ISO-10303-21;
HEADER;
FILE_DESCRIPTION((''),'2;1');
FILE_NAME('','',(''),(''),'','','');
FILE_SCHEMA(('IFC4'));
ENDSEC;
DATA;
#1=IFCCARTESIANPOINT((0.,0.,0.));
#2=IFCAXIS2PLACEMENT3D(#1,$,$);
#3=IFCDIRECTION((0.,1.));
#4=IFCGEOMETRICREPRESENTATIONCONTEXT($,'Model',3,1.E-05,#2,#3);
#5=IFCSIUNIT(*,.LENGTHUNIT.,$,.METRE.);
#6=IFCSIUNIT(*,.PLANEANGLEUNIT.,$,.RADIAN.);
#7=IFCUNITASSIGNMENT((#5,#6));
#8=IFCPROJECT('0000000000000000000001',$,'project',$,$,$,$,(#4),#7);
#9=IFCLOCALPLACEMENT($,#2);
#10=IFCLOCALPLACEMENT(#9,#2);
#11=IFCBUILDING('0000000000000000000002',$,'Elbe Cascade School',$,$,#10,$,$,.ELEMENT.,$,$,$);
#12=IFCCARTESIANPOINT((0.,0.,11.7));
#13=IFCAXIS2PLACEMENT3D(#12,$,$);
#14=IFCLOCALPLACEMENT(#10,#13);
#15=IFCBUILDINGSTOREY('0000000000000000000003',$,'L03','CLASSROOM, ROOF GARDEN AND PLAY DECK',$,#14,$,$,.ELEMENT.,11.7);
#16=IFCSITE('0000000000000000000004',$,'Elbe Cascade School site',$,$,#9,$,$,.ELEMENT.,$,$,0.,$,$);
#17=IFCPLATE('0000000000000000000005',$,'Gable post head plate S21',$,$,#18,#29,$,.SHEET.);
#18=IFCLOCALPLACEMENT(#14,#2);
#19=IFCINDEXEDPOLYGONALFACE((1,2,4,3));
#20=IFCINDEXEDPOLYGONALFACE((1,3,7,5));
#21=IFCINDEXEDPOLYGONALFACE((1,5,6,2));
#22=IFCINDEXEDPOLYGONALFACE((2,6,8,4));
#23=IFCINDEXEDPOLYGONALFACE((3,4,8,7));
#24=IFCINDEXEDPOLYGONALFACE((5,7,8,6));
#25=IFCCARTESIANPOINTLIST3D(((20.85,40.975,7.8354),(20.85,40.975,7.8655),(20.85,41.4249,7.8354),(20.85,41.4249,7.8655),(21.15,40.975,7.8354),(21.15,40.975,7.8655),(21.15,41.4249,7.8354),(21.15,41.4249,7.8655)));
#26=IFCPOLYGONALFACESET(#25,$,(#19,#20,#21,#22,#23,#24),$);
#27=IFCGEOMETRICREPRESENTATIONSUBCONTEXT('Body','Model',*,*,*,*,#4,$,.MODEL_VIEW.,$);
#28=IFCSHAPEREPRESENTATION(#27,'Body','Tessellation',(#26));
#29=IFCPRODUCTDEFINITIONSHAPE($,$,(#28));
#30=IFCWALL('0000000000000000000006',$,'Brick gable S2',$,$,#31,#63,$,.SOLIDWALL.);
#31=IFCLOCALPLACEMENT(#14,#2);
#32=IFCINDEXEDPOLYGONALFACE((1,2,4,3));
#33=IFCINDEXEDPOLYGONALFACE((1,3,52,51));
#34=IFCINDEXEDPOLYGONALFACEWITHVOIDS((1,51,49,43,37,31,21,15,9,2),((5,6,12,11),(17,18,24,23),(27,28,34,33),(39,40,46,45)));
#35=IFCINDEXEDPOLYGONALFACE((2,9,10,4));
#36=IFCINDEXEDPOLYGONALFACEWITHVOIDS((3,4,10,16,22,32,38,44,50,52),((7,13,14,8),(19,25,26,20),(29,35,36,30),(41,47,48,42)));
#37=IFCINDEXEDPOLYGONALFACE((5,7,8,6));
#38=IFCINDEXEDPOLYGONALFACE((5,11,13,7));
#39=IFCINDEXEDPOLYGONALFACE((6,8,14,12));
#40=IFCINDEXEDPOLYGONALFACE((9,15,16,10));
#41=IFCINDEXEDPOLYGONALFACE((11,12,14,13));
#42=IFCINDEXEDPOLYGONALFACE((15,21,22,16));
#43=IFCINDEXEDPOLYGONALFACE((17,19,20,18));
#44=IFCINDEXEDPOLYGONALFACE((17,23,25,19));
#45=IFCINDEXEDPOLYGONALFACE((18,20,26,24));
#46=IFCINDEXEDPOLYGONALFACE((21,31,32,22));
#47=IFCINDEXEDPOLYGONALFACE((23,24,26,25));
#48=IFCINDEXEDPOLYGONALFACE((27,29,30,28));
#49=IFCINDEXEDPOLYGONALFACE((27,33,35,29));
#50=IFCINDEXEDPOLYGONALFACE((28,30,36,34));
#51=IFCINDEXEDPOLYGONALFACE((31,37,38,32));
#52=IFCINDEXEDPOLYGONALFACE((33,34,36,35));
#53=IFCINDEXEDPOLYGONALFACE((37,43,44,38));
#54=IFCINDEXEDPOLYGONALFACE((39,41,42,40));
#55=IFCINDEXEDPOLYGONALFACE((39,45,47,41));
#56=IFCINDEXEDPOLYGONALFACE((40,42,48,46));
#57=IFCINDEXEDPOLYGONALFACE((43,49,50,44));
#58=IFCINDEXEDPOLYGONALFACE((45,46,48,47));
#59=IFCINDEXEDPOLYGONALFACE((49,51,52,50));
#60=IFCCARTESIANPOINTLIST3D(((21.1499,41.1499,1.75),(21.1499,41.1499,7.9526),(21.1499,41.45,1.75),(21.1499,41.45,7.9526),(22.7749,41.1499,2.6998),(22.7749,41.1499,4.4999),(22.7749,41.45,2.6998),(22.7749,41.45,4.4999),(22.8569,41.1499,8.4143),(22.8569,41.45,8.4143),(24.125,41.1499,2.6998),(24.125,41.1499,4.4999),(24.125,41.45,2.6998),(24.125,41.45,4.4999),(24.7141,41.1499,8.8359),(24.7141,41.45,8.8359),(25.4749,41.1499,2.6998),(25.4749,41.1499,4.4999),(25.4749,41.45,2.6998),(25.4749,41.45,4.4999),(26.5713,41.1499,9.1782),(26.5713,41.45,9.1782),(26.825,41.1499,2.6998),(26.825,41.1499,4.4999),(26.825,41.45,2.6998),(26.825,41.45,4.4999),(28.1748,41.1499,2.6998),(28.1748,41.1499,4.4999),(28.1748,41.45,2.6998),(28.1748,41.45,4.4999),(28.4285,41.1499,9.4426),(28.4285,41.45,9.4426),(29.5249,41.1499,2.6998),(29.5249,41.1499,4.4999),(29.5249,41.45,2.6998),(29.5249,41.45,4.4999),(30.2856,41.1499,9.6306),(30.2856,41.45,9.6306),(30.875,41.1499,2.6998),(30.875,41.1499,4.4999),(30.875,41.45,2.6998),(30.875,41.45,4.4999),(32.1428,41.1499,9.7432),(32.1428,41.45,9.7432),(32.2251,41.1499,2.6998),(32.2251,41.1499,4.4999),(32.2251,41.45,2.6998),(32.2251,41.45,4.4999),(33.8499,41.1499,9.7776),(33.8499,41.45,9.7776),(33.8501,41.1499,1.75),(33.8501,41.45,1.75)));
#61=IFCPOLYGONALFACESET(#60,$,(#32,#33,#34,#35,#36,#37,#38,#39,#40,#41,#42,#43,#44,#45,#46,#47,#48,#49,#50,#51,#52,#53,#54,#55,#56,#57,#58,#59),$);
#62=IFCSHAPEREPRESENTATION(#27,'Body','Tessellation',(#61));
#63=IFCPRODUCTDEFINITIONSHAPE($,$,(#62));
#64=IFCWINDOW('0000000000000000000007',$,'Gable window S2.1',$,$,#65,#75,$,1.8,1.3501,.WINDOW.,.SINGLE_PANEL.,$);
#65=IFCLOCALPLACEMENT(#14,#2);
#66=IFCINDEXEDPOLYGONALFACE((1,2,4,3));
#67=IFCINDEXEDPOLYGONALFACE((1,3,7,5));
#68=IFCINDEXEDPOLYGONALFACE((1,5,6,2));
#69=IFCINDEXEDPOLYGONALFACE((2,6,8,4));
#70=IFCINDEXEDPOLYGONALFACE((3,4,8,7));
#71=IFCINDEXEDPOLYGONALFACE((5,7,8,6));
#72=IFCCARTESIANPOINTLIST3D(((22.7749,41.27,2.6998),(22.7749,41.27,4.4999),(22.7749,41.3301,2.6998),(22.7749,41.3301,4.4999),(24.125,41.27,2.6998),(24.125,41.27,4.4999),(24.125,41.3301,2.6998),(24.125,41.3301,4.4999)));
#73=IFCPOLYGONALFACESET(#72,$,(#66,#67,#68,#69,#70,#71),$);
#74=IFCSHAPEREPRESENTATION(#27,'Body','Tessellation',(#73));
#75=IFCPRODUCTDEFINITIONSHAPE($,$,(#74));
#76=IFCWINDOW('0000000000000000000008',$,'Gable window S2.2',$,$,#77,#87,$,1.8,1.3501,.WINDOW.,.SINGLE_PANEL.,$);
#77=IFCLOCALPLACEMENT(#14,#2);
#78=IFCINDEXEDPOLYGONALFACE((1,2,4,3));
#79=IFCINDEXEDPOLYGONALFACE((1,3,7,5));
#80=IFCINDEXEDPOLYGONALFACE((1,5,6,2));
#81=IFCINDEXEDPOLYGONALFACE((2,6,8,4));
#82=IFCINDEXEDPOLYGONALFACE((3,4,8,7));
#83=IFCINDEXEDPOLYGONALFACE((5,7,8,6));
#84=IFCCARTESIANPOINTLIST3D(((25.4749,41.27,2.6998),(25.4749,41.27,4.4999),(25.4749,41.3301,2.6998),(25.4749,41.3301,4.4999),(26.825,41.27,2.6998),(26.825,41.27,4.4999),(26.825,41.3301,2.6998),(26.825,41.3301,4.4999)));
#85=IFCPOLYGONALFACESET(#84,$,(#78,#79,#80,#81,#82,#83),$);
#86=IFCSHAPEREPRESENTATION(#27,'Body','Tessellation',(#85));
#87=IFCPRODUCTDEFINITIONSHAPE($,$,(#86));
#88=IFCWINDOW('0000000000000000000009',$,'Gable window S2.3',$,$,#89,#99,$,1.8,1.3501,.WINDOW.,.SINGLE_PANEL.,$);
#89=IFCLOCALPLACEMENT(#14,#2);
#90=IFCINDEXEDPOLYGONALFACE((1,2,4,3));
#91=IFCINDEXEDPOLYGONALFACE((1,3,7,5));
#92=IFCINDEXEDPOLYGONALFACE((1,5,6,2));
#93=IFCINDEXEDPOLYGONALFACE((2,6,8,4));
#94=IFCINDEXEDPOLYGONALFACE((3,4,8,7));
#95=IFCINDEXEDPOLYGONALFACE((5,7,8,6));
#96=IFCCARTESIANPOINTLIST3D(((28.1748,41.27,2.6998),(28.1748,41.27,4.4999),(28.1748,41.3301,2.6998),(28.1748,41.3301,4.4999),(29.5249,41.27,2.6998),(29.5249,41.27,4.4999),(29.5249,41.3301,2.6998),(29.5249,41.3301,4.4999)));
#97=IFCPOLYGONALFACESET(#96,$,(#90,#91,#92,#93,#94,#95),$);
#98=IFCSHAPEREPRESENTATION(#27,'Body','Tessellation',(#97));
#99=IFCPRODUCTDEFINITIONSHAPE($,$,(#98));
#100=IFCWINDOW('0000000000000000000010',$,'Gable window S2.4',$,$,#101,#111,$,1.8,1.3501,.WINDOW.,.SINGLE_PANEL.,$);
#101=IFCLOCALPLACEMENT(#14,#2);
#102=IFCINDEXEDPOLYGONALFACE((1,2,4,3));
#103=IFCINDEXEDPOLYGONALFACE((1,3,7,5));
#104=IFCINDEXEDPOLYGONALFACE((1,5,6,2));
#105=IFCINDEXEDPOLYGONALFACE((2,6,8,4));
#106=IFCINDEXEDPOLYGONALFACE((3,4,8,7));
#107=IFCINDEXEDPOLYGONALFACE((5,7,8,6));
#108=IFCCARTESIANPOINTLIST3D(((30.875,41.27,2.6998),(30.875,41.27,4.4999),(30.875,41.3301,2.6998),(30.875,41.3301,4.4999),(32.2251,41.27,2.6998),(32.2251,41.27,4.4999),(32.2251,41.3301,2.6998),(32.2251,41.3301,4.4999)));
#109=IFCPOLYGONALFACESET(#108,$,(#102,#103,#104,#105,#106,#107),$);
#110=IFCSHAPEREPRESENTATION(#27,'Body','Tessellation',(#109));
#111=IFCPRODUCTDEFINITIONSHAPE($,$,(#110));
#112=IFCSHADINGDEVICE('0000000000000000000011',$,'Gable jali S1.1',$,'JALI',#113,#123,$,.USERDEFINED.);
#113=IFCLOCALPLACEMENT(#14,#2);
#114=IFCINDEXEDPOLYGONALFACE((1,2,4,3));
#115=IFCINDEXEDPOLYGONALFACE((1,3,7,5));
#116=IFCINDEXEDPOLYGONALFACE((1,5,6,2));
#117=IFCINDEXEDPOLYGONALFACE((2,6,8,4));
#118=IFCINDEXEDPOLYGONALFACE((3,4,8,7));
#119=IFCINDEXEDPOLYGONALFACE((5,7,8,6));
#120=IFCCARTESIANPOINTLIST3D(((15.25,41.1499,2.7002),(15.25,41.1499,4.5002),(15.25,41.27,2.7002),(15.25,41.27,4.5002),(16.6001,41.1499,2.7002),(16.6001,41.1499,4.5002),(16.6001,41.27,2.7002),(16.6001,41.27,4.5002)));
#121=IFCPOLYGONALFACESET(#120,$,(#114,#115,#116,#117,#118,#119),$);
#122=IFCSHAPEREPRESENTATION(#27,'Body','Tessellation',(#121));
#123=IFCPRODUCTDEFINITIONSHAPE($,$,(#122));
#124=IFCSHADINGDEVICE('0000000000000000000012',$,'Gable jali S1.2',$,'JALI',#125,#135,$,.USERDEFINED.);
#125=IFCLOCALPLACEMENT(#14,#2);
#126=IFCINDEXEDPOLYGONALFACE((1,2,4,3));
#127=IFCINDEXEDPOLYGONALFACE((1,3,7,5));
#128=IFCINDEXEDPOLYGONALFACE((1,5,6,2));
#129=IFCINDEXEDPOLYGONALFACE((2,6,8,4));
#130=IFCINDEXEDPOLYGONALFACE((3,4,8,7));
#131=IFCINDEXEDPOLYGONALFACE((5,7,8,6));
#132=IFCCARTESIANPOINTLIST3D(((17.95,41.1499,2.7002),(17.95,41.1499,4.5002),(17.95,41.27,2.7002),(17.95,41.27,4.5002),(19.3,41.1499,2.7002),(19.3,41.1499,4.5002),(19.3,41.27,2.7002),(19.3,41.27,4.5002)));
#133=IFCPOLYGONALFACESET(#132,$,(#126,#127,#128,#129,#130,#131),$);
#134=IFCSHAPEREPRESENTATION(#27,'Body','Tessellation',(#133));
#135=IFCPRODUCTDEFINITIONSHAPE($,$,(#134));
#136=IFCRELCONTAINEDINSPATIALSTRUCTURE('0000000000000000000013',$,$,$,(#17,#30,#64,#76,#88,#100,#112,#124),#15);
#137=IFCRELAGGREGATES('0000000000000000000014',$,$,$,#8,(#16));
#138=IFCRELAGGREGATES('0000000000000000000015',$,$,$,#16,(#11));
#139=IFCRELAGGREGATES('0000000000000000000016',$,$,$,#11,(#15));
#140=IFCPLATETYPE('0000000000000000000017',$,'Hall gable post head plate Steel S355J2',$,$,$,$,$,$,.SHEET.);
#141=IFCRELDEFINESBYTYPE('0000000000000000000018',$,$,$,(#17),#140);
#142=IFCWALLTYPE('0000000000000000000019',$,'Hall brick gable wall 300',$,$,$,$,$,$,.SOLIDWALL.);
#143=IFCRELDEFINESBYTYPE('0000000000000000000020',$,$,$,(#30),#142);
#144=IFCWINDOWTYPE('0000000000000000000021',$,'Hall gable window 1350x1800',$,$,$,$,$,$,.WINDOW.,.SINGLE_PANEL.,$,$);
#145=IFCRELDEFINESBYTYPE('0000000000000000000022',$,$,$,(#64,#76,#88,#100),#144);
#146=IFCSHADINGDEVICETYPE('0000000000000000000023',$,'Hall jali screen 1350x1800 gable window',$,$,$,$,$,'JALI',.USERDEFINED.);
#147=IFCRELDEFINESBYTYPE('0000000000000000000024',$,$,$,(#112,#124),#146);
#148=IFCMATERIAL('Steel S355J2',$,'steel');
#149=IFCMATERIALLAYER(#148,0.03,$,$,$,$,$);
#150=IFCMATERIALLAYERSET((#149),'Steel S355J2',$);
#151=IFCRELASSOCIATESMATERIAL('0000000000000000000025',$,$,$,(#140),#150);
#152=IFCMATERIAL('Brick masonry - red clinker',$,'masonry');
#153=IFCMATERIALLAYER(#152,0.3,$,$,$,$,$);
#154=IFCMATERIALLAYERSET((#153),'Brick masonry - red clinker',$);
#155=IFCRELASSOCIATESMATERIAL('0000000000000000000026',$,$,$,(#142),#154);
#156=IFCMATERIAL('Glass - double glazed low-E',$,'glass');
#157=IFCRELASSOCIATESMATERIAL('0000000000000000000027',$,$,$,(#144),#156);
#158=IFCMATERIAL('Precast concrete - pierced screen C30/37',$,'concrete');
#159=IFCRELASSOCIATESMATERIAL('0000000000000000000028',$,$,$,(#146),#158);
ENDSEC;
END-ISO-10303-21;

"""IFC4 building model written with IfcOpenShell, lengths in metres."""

from ifc_helpers import new_model, si_unit, direction, frame, frame_2d, origin, origin_2d, place, context, subcontext, project, spatial, polyline, rectangle, outline, extrude, material, layer, layer_set, type_object, element, fill, save


model = new_model("IFC4")

# Units and contexts
model_context = context("Model", 3, precision=1e-05, world=origin(), true_north=direction((0.0, 1.0)))
body_context = subcontext(model_context, "Body", "Model", "MODEL_VIEW")
ifc_project = project(units=[si_unit("LENGTHUNIT", "METRE"), si_unit("PLANEANGLEUNIT", "RADIAN")], contexts=[model_context])

# Site, building, storey
site_placement = place(None, origin())
site = spatial("IfcSite", under=ifc_project, at=site_placement, Name="Elbe Cascade School site", CompositionType="ELEMENT", RefElevation=0.0)
building_placement = place(site_placement, origin())
building = spatial("IfcBuilding", under=site, at=building_placement, Name="Elbe Cascade School", CompositionType="ELEMENT")
storey_placement = place(building_placement, frame((0.0, 0.0, 11.7)))
storey = spatial("IfcBuildingStorey", under=building, at=storey_placement, Name="L03", Description="CLASSROOM, ROOF GARDEN AND PLAY DECK", CompositionType="ELEMENT", Elevation=11.7)

# Plate
ifc_material_1 = material(Name="Steel S355J2", Category="steel")
ifc_layer_1 = layer(ifc_material_1, 0.03)
ifc_layer_set_1 = layer_set([ifc_layer_1], Name="Steel S355J2")
plate_type_1 = type_object("IfcPlateType", Name="Hall gable post head plate Steel S355J2", PredefinedType="SHEET", material=ifc_layer_set_1)
plate_1_placement = place(storey_placement, frame((21.0, 41.2, 7.8354), z_axis=(0.0, 0.0, 1.0), x_axis=(1.0, 0.0, 0.0)))
element("IfcPlate", 1, at=plate_1_placement, inside=storey, type_object=plate_type_1, Name="Gable post head plate S21", PredefinedType="SHEET", context=body_context, shape_type="SweptSolid", body=[
    extrude(rectangle(XDim=0.3, YDim=0.45, at=origin_2d()), origin(), (0.0, 0.0, 1.0), 0.03),
])

# Wall, openings, windows
ifc_material_2 = material(Name="Brick masonry - red clinker", Category="masonry")
ifc_layer_2 = layer(ifc_material_2, 0.3)
ifc_layer_set_2 = layer_set([ifc_layer_2], Name="Brick masonry - red clinker")
wall_type = type_object("IfcWallType", Name="Hall brick gable wall 300", PredefinedType="SOLIDWALL", material=ifc_layer_set_2)
wall_placement = place(storey_placement, frame((21.1499, 41.3, 1.75), z_axis=(0.0, 0.0, 1.0), x_axis=(1.0, 0.0, 0.0)))
wall = element("IfcWall", 2, at=wall_placement, inside=storey, type_object=wall_type, Name="Brick gable S2", PredefinedType="SOLIDWALL", context=body_context, shape_type="SweptSolid", body=[
    extrude(outline(polyline([(0.0, 0.0), (12.7002, 0.0), (12.7, 8.0276), (10.9929, 7.9932), (9.1357, 7.8806), (7.2786, 7.6926), (5.4214, 7.4282), (3.5642, 7.0859), (1.707, 6.6643), (0.0, 6.2026), (0.0, 0.0)])), frame((0.0, 0.1499, 0.0), z_axis=(0.0, -1.0, 0.0), x_axis=(1.0, 0.0, 0.0)), (0.0, 0.0, 1.0), 0.3),
])
opening_1_placement = place(wall_placement, frame((1.625, 0.0, 0.95)))
opening_1 = element("IfcOpeningElement", 3, at=opening_1_placement, cuts=wall, PredefinedType="OPENING", context=body_context, shape_type="SweptSolid", body=[
    extrude(rectangle(XDim=1.3501, YDim=1.8, at=frame_2d((0.675, 0.8999))), frame((0.0, 0.1599, 0.0), z_axis=(0.0, -1.0, 0.0), x_axis=(1.0, 0.0, 0.0)), (0.0, 0.0, 1.0), 0.3201),
])
opening_2_placement = place(wall_placement, frame((4.325, 0.0, 0.95)))
opening_2 = element("IfcOpeningElement", 4, at=opening_2_placement, cuts=wall, PredefinedType="OPENING", context=body_context, shape_type="SweptSolid", body=[
    extrude(rectangle(XDim=1.3501, YDim=1.8, at=frame_2d((0.675, 0.8999))), frame((0.0, 0.1599, 0.0), z_axis=(0.0, -1.0, 0.0), x_axis=(1.0, 0.0, 0.0)), (0.0, 0.0, 1.0), 0.3201),
])
opening_3_placement = place(wall_placement, frame((7.0249, 0.0, 0.95)))
opening_3 = element("IfcOpeningElement", 5, at=opening_3_placement, cuts=wall, PredefinedType="OPENING", context=body_context, shape_type="SweptSolid", body=[
    extrude(rectangle(XDim=1.3501, YDim=1.8, at=frame_2d((0.675, 0.8999))), frame((0.0, 0.1599, 0.0), z_axis=(0.0, -1.0, 0.0), x_axis=(1.0, 0.0, 0.0)), (0.0, 0.0, 1.0), 0.3201),
])
opening_4_placement = place(wall_placement, frame((9.7251, 0.0, 0.95)))
opening_4 = element("IfcOpeningElement", 6, at=opening_4_placement, cuts=wall, PredefinedType="OPENING", context=body_context, shape_type="SweptSolid", body=[
    extrude(rectangle(XDim=1.3501, YDim=1.8, at=frame_2d((0.675, 0.8999))), frame((0.0, 0.1599, 0.0), z_axis=(0.0, -1.0, 0.0), x_axis=(1.0, 0.0, 0.0)), (0.0, 0.0, 1.0), 0.3201),
])
ifc_material_3 = material(Name="Glass - double glazed low-E", Category="glass")
window_type = type_object("IfcWindowType", Name="Hall gable window 1350x1800", PartitioningType="SINGLE_PANEL", PredefinedType="WINDOW", material=ifc_material_3)
window_1_placement = place(opening_1_placement, origin())
window_1 = element("IfcWindow", 7, at=window_1_placement, inside=storey, type_object=window_type, Name="Gable window S2.1", OverallHeight=1.8, OverallWidth=1.3501, PartitioningType="SINGLE_PANEL", PredefinedType="WINDOW", context=body_context, shape_type="SweptSolid", body=[
    extrude(rectangle(XDim=1.3501, YDim=1.8, at=frame_2d((0.675, 0.8999))), frame((0.0, 0.03, 0.0), z_axis=(0.0, -1.0, 0.0), x_axis=(1.0, 0.0, 0.0)), (0.0, 0.0, 1.0), 0.0601),
])
fill(opening_1, window_1)
window_2_placement = place(opening_2_placement, origin())
window_2 = element("IfcWindow", 8, at=window_2_placement, inside=storey, type_object=window_type, Name="Gable window S2.2", OverallHeight=1.8, OverallWidth=1.3501, PartitioningType="SINGLE_PANEL", PredefinedType="WINDOW", context=body_context, shape_type="SweptSolid", body=[
    extrude(rectangle(XDim=1.3501, YDim=1.8, at=frame_2d((0.675, 0.8999))), frame((0.0, 0.03, 0.0), z_axis=(0.0, -1.0, 0.0), x_axis=(1.0, 0.0, 0.0)), (0.0, 0.0, 1.0), 0.0601),
])
fill(opening_2, window_2)
window_3_placement = place(opening_3_placement, origin())
window_3 = element("IfcWindow", 9, at=window_3_placement, inside=storey, type_object=window_type, Name="Gable window S2.3", OverallHeight=1.8, OverallWidth=1.3501, PartitioningType="SINGLE_PANEL", PredefinedType="WINDOW", context=body_context, shape_type="SweptSolid", body=[
    extrude(rectangle(XDim=1.3501, YDim=1.8, at=frame_2d((0.675, 0.8999))), frame((0.0, 0.03, 0.0), z_axis=(0.0, -1.0, 0.0), x_axis=(1.0, 0.0, 0.0)), (0.0, 0.0, 1.0), 0.0601),
])
fill(opening_3, window_3)
window_4_placement = place(opening_4_placement, origin())
window_4 = element("IfcWindow", 10, at=window_4_placement, inside=storey, type_object=window_type, Name="Gable window S2.4", OverallHeight=1.8, OverallWidth=1.3501, PartitioningType="SINGLE_PANEL", PredefinedType="WINDOW", context=body_context, shape_type="SweptSolid", body=[
    extrude(rectangle(XDim=1.3501, YDim=1.8, at=frame_2d((0.675, 0.8999))), frame((0.0, 0.03, 0.0), z_axis=(0.0, -1.0, 0.0), x_axis=(1.0, 0.0, 0.0)), (0.0, 0.0, 1.0), 0.0601),
])
fill(opening_4, window_4)

# Shading devices
ifc_material_4 = material(Name="Precast concrete - pierced screen C30/37", Category="concrete")
shading_device_type = type_object("IfcShadingDeviceType", Name="Hall jali screen 1350x1800 gable window", ElementType="JALI", PredefinedType="USERDEFINED", material=ifc_material_4)
for number, where, z_axis, x_axis, name in (
    (11, (15.925, 41.21, 2.7002), (0.0, 0.0, 1.0), (1.0, 0.0, 0.0), "Gable jali S1.1"),
    (12, (18.625, 41.21, 2.7002), (0.0, 0.0, 1.0), (1.0, 0.0, 0.0), "Gable jali S1.2"),
):
    element("IfcShadingDevice", number, at=place(storey_placement, frame(where, z_axis=z_axis, x_axis=x_axis)), inside=storey, type_object=shading_device_type, Name=name, ObjectType="JALI", PredefinedType="USERDEFINED", context=body_context, shape_type="SweptSolid", body=[
        extrude(rectangle(XDim=1.3501, YDim=0.1201, at=origin_2d()), origin(), (0.0, 0.0, 1.0), 1.8),
    ])

save(model, "model.ifc")
